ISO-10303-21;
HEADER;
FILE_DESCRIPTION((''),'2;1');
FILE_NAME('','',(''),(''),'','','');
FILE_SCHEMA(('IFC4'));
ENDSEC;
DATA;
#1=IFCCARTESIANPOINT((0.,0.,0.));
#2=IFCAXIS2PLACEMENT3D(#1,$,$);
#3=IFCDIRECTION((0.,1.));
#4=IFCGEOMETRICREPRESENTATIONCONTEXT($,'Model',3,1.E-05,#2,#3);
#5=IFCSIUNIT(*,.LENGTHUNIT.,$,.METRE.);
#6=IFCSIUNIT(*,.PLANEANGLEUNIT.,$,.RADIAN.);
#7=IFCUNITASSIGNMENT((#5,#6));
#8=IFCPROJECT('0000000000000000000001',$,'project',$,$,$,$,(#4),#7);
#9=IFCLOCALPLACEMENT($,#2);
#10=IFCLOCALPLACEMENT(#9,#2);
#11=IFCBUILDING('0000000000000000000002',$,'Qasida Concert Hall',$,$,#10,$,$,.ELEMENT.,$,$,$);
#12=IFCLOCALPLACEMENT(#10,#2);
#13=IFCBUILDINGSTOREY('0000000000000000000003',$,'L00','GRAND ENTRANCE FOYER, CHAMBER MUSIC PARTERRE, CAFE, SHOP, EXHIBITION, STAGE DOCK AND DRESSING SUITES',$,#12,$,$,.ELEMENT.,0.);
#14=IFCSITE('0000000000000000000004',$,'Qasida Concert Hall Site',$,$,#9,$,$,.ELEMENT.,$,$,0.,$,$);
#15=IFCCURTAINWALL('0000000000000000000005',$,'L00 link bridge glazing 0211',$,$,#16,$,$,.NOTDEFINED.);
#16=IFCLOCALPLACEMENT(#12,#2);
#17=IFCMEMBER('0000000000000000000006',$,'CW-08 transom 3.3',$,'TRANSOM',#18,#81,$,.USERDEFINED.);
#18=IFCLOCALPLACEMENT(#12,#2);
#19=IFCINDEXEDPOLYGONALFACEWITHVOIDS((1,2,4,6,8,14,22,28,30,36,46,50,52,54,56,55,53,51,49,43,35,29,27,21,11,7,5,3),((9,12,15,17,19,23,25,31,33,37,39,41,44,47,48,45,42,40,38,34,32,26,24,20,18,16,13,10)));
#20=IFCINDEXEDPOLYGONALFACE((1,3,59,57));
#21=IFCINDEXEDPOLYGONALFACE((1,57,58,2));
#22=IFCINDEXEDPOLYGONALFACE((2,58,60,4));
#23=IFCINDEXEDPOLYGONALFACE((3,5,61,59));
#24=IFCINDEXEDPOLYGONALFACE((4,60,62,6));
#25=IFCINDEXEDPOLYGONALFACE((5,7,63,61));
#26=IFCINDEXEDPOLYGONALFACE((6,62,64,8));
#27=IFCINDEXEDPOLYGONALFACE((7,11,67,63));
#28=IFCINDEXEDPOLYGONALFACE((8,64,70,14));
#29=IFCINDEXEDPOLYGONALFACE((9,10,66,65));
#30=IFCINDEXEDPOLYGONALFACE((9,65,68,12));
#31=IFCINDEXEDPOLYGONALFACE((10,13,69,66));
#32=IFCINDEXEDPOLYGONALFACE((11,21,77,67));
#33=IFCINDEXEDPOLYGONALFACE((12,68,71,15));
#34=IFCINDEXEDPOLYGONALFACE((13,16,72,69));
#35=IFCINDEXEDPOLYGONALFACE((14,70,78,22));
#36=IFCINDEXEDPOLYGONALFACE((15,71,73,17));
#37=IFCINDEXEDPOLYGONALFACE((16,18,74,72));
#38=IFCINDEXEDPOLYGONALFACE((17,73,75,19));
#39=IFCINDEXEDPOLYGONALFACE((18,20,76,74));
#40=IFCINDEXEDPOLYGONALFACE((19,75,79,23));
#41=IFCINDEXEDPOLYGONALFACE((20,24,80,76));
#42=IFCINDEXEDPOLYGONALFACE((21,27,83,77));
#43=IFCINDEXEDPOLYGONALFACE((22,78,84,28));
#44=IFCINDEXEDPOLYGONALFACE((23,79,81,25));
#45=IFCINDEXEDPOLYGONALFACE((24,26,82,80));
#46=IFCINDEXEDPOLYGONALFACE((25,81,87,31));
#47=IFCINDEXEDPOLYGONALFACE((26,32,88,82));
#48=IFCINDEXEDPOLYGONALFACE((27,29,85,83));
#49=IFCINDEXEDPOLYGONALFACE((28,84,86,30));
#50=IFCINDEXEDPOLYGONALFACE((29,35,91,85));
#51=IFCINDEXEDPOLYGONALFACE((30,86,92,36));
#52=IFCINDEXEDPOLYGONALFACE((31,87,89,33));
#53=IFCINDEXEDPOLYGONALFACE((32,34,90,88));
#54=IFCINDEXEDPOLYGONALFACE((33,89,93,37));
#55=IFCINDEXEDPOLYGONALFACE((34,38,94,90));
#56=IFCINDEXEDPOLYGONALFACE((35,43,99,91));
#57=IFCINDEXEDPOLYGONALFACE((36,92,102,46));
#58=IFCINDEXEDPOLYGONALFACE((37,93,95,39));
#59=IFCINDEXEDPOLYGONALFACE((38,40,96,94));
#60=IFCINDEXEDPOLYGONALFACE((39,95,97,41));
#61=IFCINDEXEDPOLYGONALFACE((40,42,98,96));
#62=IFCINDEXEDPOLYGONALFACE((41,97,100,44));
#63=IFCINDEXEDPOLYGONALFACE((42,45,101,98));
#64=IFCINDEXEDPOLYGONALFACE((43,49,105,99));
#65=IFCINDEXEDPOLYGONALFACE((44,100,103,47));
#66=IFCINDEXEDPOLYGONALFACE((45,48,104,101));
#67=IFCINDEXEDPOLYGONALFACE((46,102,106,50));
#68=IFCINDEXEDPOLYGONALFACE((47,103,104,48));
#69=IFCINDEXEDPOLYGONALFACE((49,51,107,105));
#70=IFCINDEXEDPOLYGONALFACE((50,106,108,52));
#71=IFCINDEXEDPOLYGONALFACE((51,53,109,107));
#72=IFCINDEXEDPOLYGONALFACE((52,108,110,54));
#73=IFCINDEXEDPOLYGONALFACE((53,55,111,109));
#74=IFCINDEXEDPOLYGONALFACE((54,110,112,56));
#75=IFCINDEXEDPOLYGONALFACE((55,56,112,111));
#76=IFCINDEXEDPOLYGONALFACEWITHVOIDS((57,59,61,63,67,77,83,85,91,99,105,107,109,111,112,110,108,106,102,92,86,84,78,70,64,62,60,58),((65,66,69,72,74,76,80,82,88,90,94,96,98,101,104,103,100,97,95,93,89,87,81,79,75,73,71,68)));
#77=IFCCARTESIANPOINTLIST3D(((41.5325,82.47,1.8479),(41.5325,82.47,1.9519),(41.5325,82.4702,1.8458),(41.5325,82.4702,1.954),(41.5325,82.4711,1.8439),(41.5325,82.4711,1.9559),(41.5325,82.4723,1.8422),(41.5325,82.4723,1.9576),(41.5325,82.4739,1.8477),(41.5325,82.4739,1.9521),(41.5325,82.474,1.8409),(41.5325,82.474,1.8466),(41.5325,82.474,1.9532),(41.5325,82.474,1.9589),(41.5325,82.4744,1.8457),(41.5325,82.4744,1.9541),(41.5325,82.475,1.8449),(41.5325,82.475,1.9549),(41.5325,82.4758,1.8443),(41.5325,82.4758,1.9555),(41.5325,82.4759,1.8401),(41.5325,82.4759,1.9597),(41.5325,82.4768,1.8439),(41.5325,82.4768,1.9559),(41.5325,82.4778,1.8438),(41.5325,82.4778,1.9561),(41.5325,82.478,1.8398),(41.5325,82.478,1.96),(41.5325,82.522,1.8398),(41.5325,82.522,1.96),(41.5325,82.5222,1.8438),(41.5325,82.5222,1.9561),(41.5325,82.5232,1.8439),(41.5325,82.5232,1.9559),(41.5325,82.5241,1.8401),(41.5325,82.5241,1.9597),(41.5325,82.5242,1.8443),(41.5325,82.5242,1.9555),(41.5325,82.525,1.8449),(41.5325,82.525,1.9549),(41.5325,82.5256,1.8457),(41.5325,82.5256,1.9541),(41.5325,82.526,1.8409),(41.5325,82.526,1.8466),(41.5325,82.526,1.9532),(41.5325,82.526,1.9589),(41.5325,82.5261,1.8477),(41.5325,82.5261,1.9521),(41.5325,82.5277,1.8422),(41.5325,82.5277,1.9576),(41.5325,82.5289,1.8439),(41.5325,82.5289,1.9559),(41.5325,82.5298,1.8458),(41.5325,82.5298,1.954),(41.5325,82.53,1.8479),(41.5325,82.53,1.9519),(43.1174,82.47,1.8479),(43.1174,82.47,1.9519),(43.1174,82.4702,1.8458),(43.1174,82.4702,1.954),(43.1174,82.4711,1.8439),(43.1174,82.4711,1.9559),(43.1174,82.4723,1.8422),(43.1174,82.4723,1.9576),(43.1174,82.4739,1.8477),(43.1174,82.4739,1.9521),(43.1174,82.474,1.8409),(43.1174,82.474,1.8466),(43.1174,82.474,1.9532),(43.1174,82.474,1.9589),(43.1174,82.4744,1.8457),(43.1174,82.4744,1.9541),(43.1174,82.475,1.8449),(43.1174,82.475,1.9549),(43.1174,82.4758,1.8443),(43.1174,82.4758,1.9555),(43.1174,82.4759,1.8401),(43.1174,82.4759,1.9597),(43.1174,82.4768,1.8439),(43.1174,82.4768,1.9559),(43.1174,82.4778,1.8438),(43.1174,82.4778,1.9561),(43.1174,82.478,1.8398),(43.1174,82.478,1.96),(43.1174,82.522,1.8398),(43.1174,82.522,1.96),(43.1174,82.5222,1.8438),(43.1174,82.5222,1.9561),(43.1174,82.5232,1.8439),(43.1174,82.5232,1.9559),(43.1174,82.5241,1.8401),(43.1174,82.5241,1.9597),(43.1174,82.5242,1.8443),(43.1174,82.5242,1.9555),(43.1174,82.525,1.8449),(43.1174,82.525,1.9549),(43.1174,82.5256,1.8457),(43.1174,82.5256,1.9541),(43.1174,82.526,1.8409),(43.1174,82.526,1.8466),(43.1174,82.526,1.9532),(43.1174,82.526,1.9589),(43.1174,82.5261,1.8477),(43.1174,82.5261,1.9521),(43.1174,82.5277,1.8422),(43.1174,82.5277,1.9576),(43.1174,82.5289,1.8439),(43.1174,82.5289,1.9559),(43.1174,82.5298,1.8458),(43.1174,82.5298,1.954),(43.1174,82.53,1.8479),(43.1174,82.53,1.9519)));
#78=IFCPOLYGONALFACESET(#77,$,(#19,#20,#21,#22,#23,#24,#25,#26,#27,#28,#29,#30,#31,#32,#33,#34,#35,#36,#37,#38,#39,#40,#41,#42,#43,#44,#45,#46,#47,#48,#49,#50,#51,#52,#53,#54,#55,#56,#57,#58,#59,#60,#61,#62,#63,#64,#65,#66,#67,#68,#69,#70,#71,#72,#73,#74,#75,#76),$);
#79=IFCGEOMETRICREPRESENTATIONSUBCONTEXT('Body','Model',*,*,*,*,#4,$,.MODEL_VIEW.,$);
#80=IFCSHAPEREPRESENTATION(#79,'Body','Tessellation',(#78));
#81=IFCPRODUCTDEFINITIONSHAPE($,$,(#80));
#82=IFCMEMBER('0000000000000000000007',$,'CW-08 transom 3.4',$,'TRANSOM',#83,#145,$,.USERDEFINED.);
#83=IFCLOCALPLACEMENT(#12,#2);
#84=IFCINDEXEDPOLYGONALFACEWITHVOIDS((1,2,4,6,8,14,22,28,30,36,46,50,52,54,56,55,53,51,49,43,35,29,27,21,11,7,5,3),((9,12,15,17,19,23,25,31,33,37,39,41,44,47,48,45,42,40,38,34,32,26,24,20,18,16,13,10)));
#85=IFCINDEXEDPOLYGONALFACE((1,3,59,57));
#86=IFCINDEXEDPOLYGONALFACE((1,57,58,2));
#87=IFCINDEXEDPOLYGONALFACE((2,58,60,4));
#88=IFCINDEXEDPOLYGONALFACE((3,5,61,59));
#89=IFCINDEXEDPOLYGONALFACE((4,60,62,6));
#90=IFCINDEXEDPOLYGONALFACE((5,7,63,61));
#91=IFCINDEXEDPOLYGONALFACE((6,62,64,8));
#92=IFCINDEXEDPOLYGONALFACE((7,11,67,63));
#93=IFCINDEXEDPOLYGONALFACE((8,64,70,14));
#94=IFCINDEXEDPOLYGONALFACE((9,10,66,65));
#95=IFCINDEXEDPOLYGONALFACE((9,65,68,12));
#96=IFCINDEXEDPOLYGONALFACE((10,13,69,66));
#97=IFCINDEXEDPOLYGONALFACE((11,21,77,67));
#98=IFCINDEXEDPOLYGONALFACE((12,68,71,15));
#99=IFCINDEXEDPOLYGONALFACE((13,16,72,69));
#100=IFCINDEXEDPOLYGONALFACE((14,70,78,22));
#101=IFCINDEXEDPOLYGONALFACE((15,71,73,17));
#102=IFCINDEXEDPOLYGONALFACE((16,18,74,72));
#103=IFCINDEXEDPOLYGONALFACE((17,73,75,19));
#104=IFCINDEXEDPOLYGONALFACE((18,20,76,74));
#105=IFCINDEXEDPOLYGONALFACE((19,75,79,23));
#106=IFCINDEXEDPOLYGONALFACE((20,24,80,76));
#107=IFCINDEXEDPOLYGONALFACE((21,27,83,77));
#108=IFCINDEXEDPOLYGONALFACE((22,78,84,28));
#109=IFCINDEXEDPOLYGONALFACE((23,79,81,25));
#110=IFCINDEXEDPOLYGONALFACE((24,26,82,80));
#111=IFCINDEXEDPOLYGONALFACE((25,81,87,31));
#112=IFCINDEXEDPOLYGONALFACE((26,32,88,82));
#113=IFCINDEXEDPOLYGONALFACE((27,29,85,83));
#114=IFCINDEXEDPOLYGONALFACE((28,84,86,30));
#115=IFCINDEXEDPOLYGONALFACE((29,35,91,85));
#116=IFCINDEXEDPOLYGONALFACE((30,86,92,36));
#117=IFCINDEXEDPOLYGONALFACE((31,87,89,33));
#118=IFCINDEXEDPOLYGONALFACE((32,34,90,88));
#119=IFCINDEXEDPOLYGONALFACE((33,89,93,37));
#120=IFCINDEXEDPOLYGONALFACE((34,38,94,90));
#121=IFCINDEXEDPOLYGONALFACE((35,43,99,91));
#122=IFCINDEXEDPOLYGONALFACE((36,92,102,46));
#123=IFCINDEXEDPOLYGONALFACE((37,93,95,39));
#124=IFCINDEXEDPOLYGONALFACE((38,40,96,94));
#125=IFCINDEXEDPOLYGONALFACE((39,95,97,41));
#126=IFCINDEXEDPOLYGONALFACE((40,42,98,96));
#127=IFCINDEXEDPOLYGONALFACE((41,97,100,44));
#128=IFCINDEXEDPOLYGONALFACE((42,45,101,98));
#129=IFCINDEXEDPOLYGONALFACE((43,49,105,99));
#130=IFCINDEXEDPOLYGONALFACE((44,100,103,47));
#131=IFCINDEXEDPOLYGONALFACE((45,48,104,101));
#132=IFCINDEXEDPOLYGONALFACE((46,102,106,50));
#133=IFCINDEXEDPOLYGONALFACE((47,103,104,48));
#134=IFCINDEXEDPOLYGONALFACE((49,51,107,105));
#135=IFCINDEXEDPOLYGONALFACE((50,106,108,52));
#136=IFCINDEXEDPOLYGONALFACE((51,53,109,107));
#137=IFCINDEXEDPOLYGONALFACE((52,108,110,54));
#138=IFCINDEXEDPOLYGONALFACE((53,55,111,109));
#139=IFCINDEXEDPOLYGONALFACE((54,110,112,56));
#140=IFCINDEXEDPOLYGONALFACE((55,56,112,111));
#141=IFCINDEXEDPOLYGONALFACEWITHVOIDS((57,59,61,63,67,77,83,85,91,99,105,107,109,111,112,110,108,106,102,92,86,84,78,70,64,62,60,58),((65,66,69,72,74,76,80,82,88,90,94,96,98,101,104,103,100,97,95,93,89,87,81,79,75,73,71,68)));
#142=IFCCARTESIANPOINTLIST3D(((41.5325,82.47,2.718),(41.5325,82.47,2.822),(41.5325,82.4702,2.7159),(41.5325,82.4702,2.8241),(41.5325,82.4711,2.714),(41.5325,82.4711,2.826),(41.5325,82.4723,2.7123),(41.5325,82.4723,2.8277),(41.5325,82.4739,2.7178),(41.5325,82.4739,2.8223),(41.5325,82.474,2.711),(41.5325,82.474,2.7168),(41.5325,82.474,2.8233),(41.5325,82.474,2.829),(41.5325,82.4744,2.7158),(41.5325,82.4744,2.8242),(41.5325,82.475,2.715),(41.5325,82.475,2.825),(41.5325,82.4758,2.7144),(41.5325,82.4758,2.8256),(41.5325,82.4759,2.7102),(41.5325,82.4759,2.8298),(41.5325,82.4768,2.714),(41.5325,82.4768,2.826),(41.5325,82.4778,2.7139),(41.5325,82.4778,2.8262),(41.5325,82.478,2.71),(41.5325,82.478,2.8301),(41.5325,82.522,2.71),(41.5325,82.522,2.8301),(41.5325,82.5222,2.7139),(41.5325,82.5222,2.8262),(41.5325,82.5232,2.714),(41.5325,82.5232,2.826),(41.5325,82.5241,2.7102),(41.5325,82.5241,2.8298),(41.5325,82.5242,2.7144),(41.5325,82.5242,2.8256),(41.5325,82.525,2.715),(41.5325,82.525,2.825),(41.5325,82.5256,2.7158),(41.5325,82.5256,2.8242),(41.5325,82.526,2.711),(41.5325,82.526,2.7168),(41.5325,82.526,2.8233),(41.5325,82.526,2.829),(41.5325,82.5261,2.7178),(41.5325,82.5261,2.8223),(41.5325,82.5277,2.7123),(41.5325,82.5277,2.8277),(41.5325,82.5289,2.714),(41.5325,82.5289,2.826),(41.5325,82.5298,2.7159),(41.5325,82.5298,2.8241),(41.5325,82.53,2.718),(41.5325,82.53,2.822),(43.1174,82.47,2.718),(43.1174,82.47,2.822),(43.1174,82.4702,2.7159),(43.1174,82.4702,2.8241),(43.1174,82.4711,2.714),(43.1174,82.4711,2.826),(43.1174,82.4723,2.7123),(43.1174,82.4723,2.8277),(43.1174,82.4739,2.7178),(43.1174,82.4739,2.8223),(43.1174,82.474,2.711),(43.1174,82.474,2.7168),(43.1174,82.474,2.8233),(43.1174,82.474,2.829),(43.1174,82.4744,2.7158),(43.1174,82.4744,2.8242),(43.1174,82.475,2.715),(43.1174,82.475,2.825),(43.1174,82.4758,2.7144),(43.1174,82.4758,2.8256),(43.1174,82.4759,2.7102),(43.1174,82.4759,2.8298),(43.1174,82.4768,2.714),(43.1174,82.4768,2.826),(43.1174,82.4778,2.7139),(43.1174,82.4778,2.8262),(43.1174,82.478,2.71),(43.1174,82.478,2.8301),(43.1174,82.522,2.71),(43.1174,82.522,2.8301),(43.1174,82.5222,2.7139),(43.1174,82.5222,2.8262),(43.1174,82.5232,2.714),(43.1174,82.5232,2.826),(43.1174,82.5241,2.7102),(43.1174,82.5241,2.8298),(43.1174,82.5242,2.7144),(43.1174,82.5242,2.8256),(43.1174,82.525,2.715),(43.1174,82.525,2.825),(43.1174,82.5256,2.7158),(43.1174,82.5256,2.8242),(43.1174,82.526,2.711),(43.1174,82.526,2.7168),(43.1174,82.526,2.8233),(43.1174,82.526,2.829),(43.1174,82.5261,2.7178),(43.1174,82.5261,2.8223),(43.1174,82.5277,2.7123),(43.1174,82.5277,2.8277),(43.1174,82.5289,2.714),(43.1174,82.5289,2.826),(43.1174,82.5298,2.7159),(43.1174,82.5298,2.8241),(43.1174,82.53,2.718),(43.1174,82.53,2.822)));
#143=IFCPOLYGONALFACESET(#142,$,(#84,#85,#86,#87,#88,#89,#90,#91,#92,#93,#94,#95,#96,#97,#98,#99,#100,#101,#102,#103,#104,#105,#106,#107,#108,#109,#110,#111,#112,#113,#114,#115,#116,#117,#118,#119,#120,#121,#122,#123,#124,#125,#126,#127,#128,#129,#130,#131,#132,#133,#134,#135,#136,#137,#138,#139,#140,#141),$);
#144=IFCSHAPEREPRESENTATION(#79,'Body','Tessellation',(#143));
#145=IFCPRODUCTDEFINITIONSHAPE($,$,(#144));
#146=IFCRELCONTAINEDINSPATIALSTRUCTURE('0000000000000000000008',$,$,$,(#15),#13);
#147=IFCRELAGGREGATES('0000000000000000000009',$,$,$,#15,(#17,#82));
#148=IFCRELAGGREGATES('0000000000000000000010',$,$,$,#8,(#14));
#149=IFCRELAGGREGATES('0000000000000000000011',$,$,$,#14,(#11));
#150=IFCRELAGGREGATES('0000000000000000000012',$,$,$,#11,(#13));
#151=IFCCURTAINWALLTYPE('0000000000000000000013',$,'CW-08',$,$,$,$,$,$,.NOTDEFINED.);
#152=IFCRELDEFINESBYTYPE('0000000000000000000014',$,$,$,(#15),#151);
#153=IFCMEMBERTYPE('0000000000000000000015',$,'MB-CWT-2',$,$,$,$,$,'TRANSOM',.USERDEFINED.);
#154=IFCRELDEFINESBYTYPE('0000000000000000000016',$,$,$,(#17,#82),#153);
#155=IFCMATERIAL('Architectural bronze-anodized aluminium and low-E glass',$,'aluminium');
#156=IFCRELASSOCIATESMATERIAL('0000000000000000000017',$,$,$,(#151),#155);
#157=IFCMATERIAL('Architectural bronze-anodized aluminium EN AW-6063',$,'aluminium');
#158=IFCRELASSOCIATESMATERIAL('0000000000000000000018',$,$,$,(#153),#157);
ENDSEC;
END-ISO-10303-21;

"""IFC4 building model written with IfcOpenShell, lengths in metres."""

from ifc_helpers import new_model, si_unit, direction, frame, origin, origin_2d, place, context, subcontext, project, spatial, hollow_rectangle, extrude, material, material_profile, profile_set, type_object, element, aggregate, save


model = new_model("IFC4")

# Units and contexts
model_context = context("Model", 3, precision=1e-05, world=origin(), true_north=direction((0.0, 1.0)))
body_context = subcontext(model_context, "Body", "Model", "MODEL_VIEW")
ifc_project = project(units=[si_unit("LENGTHUNIT", "METRE"), si_unit("PLANEANGLEUNIT", "RADIAN")], contexts=[model_context])

# Site, building, storey
site_placement = place(None, origin())
site = spatial("IfcSite", under=ifc_project, at=site_placement, Name="Qasida Concert Hall Site", CompositionType="ELEMENT", RefElevation=0.0)
building_placement = place(site_placement, origin())
building = spatial("IfcBuilding", under=site, at=building_placement, Name="Qasida Concert Hall", CompositionType="ELEMENT")
storey_placement = place(building_placement, origin())
storey = spatial("IfcBuildingStorey", under=building, at=storey_placement, Name="L00", Description="GRAND ENTRANCE FOYER, CHAMBER MUSIC PARTERRE, CAFE, SHOP, EXHIBITION, STAGE DOCK AND DRESSING SUITES", CompositionType="ELEMENT", Elevation=0.0)

# Curtain wall
ifc_material_1 = material(Name="Architectural bronze-anodized aluminium and low-E glass", Category="aluminium")
curtain_wall_type = type_object("IfcCurtainWallType", Name="CW-08", PredefinedType="NOTDEFINED", material=ifc_material_1)
curtain_wall_1_placement = place(storey_placement, origin())
curtain_wall_1 = element("IfcCurtainWall", 1, at=curtain_wall_1_placement, inside=storey, type_object=curtain_wall_type, Name="L00 link bridge glazing 0211", PredefinedType="NOTDEFINED")
ifc_material_2 = material(Name="Architectural bronze-anodized aluminium EN AW-6063", Category="aluminium")

# Members
ifc_material_profile_1 = material_profile(ifc_material_2, hollow_rectangle(XDim=0.0601, YDim=0.1201, WallThickness=0.0039, InnerFilletRadius=0.0039, OuterFilletRadius=0.0081, at=origin_2d()), Name="CWT 120x60x4")
ifc_profile_set_1 = profile_set([ifc_material_profile_1], Name="Architectural bronze-anodized aluminium EN AW-6063")
member_type_1 = type_object("IfcMemberType", Name="MB-CWT-2", ElementType="TRANSOM", PredefinedType="USERDEFINED", material=ifc_profile_set_1)
member_1_placement = place(storey_placement, frame((41.5325, 82.5, 1.8999), z_axis=(1.0, 0.0, 0.0), x_axis=(0.0, 1.0, 0.0)))
member_1 = element("IfcMember", 2, at=member_1_placement, type_object=member_type_1, Name="CW-08 transom 3.3", ObjectType="TRANSOM", PredefinedType="USERDEFINED", context=body_context, shape_type="SweptSolid", body=[
    extrude(hollow_rectangle(XDim=0.0601, YDim=0.1201, WallThickness=0.0039, InnerFilletRadius=0.0039, OuterFilletRadius=0.0081, at=origin_2d()), origin(), (0.0, 0.0, 1.0), 1.585),
])
member_2_placement = place(storey_placement, frame((41.5325, 82.5, 2.77), z_axis=(1.0, 0.0, 0.0), x_axis=(0.0, 1.0, 0.0)))
member_2 = element("IfcMember", 3, at=member_2_placement, type_object=member_type_1, Name="CW-08 transom 3.4", ObjectType="TRANSOM", PredefinedType="USERDEFINED", context=body_context, shape_type="SweptSolid", body=[
    extrude(hollow_rectangle(XDim=0.0601, YDim=0.1201, WallThickness=0.0039, InnerFilletRadius=0.0039, OuterFilletRadius=0.0081, at=origin_2d()), origin(), (0.0, 0.0, 1.0), 1.585),
])

aggregate(curtain_wall_1, [member_1, member_2])

save(model, "model.ifc")
